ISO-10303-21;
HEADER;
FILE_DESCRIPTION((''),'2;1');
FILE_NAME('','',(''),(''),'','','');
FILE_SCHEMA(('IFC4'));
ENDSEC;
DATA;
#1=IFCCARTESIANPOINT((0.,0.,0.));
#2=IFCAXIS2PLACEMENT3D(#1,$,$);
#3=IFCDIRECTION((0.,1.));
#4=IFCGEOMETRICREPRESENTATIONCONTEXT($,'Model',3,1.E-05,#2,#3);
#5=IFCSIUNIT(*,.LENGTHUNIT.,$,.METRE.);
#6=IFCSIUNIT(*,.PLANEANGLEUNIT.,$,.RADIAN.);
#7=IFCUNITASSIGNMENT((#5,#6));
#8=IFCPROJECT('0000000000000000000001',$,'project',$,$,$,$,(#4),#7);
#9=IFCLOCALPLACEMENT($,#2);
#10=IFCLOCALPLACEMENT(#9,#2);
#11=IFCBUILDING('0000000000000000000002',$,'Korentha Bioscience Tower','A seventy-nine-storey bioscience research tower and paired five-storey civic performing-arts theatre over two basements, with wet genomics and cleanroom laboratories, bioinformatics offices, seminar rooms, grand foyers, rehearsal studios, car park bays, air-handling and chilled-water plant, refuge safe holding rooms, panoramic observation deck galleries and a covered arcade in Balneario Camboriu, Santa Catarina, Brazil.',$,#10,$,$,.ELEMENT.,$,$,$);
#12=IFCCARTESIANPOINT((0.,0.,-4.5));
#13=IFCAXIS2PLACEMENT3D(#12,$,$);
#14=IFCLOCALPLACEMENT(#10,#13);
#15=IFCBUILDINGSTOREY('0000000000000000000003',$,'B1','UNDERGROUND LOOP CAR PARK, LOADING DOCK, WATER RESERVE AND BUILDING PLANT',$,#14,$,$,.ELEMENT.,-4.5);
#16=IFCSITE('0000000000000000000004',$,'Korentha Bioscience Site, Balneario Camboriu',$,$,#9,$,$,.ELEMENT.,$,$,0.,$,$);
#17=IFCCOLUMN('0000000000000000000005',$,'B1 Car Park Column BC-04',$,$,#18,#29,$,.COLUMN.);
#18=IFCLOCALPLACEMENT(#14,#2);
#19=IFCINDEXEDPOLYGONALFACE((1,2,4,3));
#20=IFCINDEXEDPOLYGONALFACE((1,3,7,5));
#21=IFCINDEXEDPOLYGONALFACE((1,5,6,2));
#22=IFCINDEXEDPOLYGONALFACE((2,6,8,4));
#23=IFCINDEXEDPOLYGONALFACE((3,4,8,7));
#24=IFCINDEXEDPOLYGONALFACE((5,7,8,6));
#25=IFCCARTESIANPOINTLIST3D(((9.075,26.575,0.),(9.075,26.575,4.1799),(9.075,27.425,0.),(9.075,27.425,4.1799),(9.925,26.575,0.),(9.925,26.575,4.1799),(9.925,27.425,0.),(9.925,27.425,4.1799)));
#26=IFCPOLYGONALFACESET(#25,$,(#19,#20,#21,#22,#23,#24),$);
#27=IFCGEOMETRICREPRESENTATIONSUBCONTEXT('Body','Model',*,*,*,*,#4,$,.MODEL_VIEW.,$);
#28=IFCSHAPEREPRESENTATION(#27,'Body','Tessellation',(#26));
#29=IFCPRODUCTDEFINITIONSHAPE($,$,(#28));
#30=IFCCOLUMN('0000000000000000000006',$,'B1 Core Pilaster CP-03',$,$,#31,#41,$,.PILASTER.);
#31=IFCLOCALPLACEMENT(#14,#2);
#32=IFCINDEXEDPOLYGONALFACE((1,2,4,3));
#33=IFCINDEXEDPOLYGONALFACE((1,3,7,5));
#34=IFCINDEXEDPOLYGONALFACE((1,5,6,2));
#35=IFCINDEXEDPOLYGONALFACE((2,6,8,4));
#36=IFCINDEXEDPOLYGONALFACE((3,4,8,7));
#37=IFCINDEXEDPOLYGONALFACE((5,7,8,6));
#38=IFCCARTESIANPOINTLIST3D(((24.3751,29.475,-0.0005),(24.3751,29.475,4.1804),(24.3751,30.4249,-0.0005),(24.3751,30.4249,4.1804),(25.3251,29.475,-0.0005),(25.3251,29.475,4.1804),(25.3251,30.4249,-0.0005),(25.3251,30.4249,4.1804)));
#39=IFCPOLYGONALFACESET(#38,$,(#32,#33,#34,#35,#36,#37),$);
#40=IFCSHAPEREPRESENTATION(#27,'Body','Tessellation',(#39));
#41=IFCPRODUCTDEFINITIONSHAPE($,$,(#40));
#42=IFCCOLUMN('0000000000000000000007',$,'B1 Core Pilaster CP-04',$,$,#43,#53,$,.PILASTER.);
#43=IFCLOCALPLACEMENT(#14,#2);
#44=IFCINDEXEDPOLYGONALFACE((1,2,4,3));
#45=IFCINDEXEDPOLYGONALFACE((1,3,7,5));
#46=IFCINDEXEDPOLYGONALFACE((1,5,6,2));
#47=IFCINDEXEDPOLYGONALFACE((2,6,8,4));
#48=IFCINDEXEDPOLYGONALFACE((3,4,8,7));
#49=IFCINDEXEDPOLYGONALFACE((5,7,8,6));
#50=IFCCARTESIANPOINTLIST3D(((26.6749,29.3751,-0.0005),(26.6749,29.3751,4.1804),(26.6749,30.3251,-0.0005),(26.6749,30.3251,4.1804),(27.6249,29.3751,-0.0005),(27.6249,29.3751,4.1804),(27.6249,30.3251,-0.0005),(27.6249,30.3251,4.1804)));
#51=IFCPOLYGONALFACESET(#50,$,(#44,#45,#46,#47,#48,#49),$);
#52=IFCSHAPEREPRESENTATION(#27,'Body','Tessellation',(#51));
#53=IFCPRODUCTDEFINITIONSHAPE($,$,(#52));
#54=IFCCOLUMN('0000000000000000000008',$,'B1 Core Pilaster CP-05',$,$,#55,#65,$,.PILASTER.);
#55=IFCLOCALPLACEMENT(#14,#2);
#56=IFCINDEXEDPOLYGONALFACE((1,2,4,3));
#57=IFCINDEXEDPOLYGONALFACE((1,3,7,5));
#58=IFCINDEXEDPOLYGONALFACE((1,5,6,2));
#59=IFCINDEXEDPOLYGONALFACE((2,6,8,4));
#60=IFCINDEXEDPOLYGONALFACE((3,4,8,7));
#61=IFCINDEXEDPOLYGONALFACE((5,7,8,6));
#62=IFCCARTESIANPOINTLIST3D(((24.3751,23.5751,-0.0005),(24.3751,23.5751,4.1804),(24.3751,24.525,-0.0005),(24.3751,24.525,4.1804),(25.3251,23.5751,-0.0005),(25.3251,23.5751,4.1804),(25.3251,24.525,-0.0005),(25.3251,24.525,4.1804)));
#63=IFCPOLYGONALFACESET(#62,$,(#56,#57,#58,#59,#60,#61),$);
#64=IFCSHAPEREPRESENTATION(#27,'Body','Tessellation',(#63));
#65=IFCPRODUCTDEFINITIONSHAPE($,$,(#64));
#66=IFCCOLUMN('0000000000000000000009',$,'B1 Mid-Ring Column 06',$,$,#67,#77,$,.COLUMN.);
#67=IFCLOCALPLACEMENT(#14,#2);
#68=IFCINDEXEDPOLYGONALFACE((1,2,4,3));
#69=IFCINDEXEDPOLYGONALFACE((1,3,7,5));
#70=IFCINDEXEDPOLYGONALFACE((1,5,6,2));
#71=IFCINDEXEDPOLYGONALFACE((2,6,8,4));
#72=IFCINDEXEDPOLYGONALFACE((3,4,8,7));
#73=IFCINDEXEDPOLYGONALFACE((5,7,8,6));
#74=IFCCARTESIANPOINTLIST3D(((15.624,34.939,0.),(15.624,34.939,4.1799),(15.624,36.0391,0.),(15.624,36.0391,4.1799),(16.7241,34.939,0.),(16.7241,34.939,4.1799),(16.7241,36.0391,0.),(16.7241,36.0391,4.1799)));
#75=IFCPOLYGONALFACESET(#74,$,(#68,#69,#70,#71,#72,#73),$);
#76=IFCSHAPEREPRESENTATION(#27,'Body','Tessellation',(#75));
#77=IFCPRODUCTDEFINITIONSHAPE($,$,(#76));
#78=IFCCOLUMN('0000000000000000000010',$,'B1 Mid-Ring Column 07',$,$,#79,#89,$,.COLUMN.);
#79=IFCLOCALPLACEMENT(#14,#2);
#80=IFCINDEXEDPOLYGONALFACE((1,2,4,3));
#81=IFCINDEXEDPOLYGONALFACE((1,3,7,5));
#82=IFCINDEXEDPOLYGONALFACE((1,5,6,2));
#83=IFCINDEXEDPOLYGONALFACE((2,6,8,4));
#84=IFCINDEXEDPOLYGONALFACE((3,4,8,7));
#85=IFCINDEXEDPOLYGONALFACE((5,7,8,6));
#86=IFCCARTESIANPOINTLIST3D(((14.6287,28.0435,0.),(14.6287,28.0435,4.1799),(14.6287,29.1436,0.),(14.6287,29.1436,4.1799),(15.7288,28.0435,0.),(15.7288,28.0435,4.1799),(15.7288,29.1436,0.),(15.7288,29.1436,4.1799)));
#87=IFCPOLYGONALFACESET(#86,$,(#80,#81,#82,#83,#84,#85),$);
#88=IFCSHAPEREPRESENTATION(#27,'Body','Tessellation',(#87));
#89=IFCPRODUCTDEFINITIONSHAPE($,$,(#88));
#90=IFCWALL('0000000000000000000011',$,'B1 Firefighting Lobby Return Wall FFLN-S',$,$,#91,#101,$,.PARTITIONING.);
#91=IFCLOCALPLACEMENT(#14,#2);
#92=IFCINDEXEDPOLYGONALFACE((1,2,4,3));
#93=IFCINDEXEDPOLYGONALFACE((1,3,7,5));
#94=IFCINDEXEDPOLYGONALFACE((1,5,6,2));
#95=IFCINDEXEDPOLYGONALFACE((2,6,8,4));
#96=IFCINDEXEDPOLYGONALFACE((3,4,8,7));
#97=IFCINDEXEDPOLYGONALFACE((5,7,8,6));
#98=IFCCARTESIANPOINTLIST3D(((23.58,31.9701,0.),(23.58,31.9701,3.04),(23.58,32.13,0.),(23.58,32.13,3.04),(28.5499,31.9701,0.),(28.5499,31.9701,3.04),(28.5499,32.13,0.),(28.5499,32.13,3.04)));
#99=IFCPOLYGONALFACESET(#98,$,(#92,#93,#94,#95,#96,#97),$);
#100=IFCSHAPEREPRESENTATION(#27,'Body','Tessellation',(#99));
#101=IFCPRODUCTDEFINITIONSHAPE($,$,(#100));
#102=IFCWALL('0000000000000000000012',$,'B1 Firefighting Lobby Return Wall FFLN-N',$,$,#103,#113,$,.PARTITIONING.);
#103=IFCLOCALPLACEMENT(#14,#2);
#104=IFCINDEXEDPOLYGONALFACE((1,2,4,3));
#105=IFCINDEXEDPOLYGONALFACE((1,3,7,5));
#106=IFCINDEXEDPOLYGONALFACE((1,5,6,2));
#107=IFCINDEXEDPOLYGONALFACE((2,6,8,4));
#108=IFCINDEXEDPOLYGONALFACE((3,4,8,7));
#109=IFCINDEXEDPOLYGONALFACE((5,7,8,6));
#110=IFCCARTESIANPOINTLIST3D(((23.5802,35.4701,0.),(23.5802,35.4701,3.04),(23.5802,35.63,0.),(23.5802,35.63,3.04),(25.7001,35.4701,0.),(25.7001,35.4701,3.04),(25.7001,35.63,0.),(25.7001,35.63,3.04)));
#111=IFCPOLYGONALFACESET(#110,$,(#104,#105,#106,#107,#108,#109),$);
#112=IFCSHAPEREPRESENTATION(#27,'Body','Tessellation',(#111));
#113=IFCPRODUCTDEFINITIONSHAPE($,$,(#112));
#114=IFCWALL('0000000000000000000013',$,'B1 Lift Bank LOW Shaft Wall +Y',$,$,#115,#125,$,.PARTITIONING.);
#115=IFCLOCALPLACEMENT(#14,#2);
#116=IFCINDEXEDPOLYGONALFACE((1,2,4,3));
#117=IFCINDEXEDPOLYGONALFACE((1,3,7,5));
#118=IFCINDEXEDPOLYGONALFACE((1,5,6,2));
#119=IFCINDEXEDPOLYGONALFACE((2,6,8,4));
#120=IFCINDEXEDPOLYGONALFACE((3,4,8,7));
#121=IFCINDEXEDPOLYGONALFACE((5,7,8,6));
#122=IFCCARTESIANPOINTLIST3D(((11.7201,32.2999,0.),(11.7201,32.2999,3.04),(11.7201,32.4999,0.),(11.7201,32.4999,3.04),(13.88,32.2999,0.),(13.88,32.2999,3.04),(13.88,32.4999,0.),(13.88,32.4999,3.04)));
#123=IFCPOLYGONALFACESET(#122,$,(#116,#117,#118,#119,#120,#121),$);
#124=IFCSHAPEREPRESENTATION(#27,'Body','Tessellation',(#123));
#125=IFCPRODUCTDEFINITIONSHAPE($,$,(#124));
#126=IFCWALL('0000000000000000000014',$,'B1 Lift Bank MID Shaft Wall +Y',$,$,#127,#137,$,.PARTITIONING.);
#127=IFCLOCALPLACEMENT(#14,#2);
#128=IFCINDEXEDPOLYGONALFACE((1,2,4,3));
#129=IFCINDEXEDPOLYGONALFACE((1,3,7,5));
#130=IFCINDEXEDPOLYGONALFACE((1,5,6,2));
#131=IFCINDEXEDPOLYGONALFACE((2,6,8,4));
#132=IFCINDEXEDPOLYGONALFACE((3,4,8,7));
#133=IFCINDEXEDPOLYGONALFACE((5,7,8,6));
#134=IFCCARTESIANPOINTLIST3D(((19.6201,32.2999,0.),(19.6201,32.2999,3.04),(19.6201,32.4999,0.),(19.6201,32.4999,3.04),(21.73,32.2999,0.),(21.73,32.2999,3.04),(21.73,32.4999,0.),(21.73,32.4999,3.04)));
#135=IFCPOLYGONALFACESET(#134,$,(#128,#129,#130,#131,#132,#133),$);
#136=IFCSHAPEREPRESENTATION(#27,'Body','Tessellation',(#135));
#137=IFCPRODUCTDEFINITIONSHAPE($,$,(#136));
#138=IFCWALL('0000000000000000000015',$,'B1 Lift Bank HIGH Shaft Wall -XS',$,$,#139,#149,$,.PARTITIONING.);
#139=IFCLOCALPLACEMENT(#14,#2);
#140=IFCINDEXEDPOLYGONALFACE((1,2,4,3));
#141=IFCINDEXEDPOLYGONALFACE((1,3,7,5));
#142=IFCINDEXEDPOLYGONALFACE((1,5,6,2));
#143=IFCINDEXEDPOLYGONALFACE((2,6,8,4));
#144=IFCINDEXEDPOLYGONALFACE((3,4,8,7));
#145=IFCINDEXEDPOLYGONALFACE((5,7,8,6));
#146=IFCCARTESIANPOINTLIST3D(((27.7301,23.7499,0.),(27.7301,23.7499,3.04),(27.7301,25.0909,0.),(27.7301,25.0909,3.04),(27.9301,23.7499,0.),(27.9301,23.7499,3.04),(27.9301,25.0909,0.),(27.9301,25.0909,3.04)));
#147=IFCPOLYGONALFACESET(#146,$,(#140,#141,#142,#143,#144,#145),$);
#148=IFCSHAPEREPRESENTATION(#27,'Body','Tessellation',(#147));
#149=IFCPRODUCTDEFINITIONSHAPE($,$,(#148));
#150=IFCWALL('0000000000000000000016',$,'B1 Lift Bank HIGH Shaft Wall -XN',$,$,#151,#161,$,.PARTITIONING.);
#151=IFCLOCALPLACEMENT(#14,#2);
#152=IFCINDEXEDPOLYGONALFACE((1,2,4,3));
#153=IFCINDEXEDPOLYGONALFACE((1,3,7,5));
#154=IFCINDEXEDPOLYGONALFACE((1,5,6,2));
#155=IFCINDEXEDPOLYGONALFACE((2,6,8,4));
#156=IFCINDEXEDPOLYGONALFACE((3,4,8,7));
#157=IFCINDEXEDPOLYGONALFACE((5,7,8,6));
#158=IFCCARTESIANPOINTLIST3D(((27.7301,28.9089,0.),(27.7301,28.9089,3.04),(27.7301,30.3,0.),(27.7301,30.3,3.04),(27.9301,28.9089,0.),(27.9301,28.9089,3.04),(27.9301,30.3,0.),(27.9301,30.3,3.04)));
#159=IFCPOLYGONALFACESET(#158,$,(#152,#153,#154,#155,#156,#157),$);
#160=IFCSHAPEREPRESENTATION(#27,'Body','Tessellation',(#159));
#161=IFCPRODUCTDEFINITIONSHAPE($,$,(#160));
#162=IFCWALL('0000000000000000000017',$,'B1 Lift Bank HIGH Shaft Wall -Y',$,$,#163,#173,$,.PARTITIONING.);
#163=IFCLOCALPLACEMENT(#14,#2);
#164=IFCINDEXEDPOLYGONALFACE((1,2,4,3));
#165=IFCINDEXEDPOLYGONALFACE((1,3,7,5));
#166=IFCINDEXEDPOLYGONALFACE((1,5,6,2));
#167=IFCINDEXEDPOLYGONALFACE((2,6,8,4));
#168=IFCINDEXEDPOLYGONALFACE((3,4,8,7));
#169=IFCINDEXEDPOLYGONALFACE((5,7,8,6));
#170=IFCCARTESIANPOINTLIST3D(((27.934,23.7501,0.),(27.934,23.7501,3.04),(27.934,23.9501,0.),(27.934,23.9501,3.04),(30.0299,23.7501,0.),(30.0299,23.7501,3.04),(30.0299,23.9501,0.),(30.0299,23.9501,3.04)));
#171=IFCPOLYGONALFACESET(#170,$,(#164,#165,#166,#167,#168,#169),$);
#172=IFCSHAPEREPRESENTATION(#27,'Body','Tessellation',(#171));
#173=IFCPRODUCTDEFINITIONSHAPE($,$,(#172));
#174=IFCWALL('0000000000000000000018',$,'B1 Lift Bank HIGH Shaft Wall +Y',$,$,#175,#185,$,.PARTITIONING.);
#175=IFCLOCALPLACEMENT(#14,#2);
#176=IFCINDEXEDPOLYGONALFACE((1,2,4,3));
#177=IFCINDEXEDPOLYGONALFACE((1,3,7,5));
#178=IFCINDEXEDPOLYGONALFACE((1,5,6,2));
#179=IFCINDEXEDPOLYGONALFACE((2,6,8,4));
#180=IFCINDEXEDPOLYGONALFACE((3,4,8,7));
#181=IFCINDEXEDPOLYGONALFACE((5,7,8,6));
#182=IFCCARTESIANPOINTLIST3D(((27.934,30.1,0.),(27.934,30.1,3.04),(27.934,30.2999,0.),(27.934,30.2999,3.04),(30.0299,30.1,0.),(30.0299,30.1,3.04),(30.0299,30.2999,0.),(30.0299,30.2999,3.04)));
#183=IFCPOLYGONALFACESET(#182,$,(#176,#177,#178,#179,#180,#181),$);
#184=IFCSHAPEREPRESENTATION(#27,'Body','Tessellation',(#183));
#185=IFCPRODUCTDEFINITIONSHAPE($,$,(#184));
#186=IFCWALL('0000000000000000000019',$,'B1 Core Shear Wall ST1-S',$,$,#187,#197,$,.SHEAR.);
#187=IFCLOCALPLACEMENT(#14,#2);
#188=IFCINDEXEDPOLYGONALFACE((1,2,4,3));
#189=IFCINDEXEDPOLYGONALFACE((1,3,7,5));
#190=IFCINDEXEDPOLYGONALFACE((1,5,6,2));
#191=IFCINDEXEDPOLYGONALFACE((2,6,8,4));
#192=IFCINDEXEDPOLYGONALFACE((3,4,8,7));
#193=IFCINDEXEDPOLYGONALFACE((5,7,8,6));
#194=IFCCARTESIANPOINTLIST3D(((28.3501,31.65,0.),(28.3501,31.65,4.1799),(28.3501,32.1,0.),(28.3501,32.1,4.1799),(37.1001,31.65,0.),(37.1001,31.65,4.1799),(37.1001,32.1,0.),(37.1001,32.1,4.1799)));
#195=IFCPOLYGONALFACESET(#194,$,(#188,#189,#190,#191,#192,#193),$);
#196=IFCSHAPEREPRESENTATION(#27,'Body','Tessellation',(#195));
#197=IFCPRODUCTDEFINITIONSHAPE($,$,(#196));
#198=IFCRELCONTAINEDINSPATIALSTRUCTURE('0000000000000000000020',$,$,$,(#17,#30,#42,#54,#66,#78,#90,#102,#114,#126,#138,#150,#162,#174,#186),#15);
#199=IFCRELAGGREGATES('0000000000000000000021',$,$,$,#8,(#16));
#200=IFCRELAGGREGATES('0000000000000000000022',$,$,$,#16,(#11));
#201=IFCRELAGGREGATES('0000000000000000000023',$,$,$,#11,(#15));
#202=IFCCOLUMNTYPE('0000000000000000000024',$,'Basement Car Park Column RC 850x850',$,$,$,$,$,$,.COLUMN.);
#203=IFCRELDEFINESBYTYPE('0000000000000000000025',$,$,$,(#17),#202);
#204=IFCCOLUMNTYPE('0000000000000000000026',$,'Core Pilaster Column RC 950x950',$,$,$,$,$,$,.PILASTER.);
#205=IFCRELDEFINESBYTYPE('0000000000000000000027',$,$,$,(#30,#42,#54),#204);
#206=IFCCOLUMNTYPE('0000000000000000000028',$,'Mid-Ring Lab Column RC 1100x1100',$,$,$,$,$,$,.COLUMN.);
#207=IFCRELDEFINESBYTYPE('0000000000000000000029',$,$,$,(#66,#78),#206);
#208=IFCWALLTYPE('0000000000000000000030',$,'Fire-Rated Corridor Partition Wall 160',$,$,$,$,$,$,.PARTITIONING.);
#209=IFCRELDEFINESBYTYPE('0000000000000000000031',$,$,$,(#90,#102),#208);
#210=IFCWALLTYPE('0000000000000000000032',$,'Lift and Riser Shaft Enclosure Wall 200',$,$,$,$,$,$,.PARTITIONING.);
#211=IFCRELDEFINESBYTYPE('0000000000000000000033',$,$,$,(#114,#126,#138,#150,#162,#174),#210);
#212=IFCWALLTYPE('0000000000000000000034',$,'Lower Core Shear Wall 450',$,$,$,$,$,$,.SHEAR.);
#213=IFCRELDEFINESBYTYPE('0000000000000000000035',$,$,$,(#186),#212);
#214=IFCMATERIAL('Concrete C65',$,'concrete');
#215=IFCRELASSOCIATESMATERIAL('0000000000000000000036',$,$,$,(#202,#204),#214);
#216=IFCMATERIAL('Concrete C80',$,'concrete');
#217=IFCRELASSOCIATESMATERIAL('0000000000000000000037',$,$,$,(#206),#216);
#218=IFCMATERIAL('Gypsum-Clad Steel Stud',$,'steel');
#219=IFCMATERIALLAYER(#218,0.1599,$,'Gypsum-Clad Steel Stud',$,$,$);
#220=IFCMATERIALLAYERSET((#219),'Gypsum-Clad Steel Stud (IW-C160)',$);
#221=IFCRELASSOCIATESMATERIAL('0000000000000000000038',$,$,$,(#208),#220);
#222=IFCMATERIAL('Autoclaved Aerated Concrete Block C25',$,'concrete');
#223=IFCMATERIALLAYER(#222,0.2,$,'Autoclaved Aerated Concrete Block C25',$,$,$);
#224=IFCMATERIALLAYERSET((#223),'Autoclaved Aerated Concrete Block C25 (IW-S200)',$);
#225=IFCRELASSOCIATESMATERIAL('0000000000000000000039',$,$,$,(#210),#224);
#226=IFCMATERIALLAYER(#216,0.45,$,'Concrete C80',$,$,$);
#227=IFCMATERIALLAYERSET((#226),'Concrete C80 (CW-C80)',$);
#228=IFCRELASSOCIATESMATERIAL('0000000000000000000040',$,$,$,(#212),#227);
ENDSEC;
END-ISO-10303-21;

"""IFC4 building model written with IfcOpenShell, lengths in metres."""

from ifc_helpers import new_model, si_unit, direction, frame, frame_2d, origin, origin_2d, place, context, subcontext, project, spatial, rectangle, extrude, material, layer, layer_set, material_profile, profile_set, type_object, element, save


model = new_model("IFC4")

# Units and contexts
model_context = context("Model", 3, precision=1e-05, world=origin(), true_north=direction((0.0, 1.0)))
body_context = subcontext(model_context, "Body", "Model", "MODEL_VIEW")
ifc_project = project(units=[si_unit("LENGTHUNIT", "METRE"), si_unit("PLANEANGLEUNIT", "RADIAN")], contexts=[model_context])

# Site, building, storey
site_placement = place(None, origin())
site = spatial("IfcSite", under=ifc_project, at=site_placement, Name="Korentha Bioscience Site, Balneario Camboriu", CompositionType="ELEMENT", RefElevation=0.0)
building_placement = place(site_placement, origin())
building = spatial("IfcBuilding", under=site, at=building_placement, Name="Korentha Bioscience Tower", Description="A seventy-nine-storey bioscience research tower and paired five-storey civic performing-arts theatre over two basements, with wet genomics and cleanroom laboratories, bioinformatics offices, seminar rooms, grand foyers, rehearsal studios, car park bays, air-handling and chilled-water plant, refuge safe holding rooms, panoramic observation deck galleries and a covered arcade in Balneario Camboriu, Santa Catarina, Brazil.", CompositionType="ELEMENT")
storey_placement = place(building_placement, frame((0.0, 0.0, -4.5)))
storey = spatial("IfcBuildingStorey", under=building, at=storey_placement, Name="B1", Description="UNDERGROUND LOOP CAR PARK, LOADING DOCK, WATER RESERVE AND BUILDING PLANT", CompositionType="ELEMENT", Elevation=-4.5)

# Columns
ifc_material_1 = material(Name="Concrete C65", Category="concrete")
ifc_material_profile_1 = material_profile(ifc_material_1, rectangle(XDim=0.8501, YDim=0.8501, at=origin_2d()), Name="Concrete C65")
ifc_profile_set_1 = profile_set([ifc_material_profile_1], Name="Concrete C65 (BC-01)")
column_type_1 = type_object("IfcColumnType", Name="Basement Car Park Column RC 850x850", PredefinedType="COLUMN", material=ifc_profile_set_1)
column_placement = place(storey_placement, frame((9.5, 27.0, 0.0), z_axis=(0.0, 0.0, 1.0), x_axis=(1.0, 0.0, 0.0)))
element("IfcColumn", 1, at=column_placement, inside=storey, type_object=column_type_1, Name="B1 Car Park Column BC-04", PredefinedType="COLUMN", context=body_context, shape_type="SweptSolid", body=[
    extrude(rectangle(XDim=0.8501, YDim=0.8501, at=origin_2d()), origin(), (0.0, 0.0, 1.0), 4.1799),
])
ifc_material_profile_2 = material_profile(ifc_material_1, rectangle(XDim=0.95, YDim=0.95, at=origin_2d()), Name="Concrete C65")
ifc_profile_set_2 = profile_set([ifc_material_profile_2], Name="Concrete C65 (COL-CP09)")
column_type_2 = type_object("IfcColumnType", Name="Core Pilaster Column RC 950x950", PredefinedType="PILASTER", material=ifc_profile_set_2)
for number, where, z_axis, x_axis, name in (
    (2, (24.8501, 29.95, -0.0005), (0.0, 0.0, 1.0), (1.0, 0.0, 0.0), "B1 Core Pilaster CP-03"),
    (3, (27.1499, 29.8501, -0.0005), (0.0, 0.0, 1.0), (1.0, 0.0, 0.0), "B1 Core Pilaster CP-04"),
    (4, (24.8501, 24.05, -0.0005), (0.0, 0.0, 1.0), (1.0, 0.0, 0.0), "B1 Core Pilaster CP-05"),
):
    element("IfcColumn", number, at=place(storey_placement, frame(where, z_axis=z_axis, x_axis=x_axis)), inside=storey, type_object=column_type_2, Name=name, PredefinedType="PILASTER", context=body_context, shape_type="SweptSolid", body=[
        extrude(rectangle(XDim=0.95, YDim=0.95, at=origin_2d()), origin(), (0.0, 0.0, 1.0), 4.1809),
    ])
ifc_material_2 = material(Name="Concrete C80", Category="concrete")
ifc_material_profile_3 = material_profile(ifc_material_2, rectangle(XDim=1.1001, YDim=1.1001, at=origin_2d()), Name="Concrete C80")
ifc_profile_set_3 = profile_set([ifc_material_profile_3], Name="Concrete C80 (COL-MR11)")
column_type_3 = type_object("IfcColumnType", Name="Mid-Ring Lab Column RC 1100x1100", PredefinedType="COLUMN", material=ifc_profile_set_3)
for number, where, z_axis, x_axis, name in (
    (5, (16.1741, 35.489, 0.0), (0.0, 0.0, 1.0), (1.0, 0.0, 0.0), "B1 Mid-Ring Column 06"),
    (6, (15.1787, 28.5935, 0.0), (0.0, 0.0, 1.0), (1.0, 0.0, 0.0), "B1 Mid-Ring Column 07"),
):
    element("IfcColumn", number, at=place(storey_placement, frame(where, z_axis=z_axis, x_axis=x_axis)), inside=storey, type_object=column_type_3, Name=name, PredefinedType="COLUMN", context=body_context, shape_type="SweptSolid", body=[
        extrude(rectangle(XDim=1.1001, YDim=1.1001, at=origin_2d()), origin(), (0.0, 0.0, 1.0), 4.1799),
    ])

# Shared definitions
ifc_material_3 = material(Name="Gypsum-Clad Steel Stud", Category="steel")
ifc_layer_1 = layer(ifc_material_3, 0.1599, Name="Gypsum-Clad Steel Stud")
ifc_layer_set_1 = layer_set([ifc_layer_1], Name="Gypsum-Clad Steel Stud (IW-C160)")
wall_type_1 = type_object("IfcWallType", Name="Fire-Rated Corridor Partition Wall 160", PredefinedType="PARTITIONING", material=ifc_layer_set_1)

# Walls
wall_1_placement = place(storey_placement, frame((23.5801, 32.05, 0.0), z_axis=(0.0, 0.0, 1.0), x_axis=(1.0, 0.0, 0.0)))
element("IfcWall", 7, at=wall_1_placement, inside=storey, type_object=wall_type_1, Name="B1 Firefighting Lobby Return Wall FFLN-S", PredefinedType="PARTITIONING", context=body_context, shape_type="SweptSolid", body=[
    extrude(rectangle(XDim=4.97, YDim=0.1599, at=frame_2d((2.4849, 0.0))), origin(), (0.0, 0.0, 1.0), 3.04),
])
wall_2_placement = place(storey_placement, frame((23.5801, 35.55, 0.0), z_axis=(0.0, 0.0, 1.0), x_axis=(1.0, 0.0, 0.0)))
element("IfcWall", 8, at=wall_2_placement, inside=storey, type_object=wall_type_1, Name="B1 Firefighting Lobby Return Wall FFLN-N", PredefinedType="PARTITIONING", context=body_context, shape_type="SweptSolid", body=[
    extrude(rectangle(XDim=2.1199, YDim=0.1599, at=frame_2d((1.0601, 0.0))), origin(), (0.0, 0.0, 1.0), 3.04),
])
ifc_material_4 = material(Name="Autoclaved Aerated Concrete Block C25", Category="concrete")
ifc_layer_2 = layer(ifc_material_4, 0.2, Name="Autoclaved Aerated Concrete Block C25")
ifc_layer_set_2 = layer_set([ifc_layer_2], Name="Autoclaved Aerated Concrete Block C25 (IW-S200)")
wall_type_2 = type_object("IfcWallType", Name="Lift and Riser Shaft Enclosure Wall 200", PredefinedType="PARTITIONING", material=ifc_layer_set_2)
wall_3_placement = place(storey_placement, frame((11.72, 32.3999, 0.0), z_axis=(0.0, 0.0, 1.0), x_axis=(1.0, 0.0, 0.0)))
element("IfcWall", 9, at=wall_3_placement, inside=storey, type_object=wall_type_2, Name="B1 Lift Bank LOW Shaft Wall +Y", PredefinedType="PARTITIONING", context=body_context, shape_type="SweptSolid", body=[
    extrude(rectangle(XDim=2.1599, YDim=0.2, at=frame_2d((1.0801, 0.0))), origin(), (0.0, 0.0, 1.0), 3.04),
])
wall_4_placement = place(storey_placement, frame((19.6201, 32.3999, 0.0), z_axis=(0.0, 0.0, 1.0), x_axis=(1.0, 0.0, 0.0)))
element("IfcWall", 10, at=wall_4_placement, inside=storey, type_object=wall_type_2, Name="B1 Lift Bank MID Shaft Wall +Y", PredefinedType="PARTITIONING", context=body_context, shape_type="SweptSolid", body=[
    extrude(rectangle(XDim=2.1099, YDim=0.2, at=frame_2d((1.0549, 0.0))), origin(), (0.0, 0.0, 1.0), 3.04),
])
wall_5_placement = place(storey_placement, frame((27.8301, 23.75, 0.0), z_axis=(0.0, 0.0, 1.0), x_axis=(0.0, 1.0, 0.0)))
element("IfcWall", 11, at=wall_5_placement, inside=storey, type_object=wall_type_2, Name="B1 Lift Bank HIGH Shaft Wall -XS", PredefinedType="PARTITIONING", context=body_context, shape_type="SweptSolid", body=[
    extrude(rectangle(XDim=1.3411, YDim=0.2, at=frame_2d((0.6704, 0.0))), origin(), (0.0, 0.0, 1.0), 3.04),
])
wall_6_placement = place(storey_placement, frame((27.8301, 28.9089, 0.0), z_axis=(0.0, 0.0, 1.0), x_axis=(0.0, 1.0, 0.0)))
element("IfcWall", 12, at=wall_6_placement, inside=storey, type_object=wall_type_2, Name="B1 Lift Bank HIGH Shaft Wall -XN", PredefinedType="PARTITIONING", context=body_context, shape_type="SweptSolid", body=[
    extrude(rectangle(XDim=1.3911, YDim=0.2, at=frame_2d((0.6956, 0.0))), origin(), (0.0, 0.0, 1.0), 3.04),
])
for number, where, z_axis, x_axis, name in (
    (13, (27.9341, 23.8501, 0.0), (0.0, 0.0, 1.0), (1.0, 0.0, 0.0), "B1 Lift Bank HIGH Shaft Wall -Y"),
    (14, (27.9341, 30.2, 0.0), (0.0, 0.0, 1.0), (1.0, 0.0, 0.0), "B1 Lift Bank HIGH Shaft Wall +Y"),
):
    element("IfcWall", number, at=place(storey_placement, frame(where, z_axis=z_axis, x_axis=x_axis)), inside=storey, type_object=wall_type_2, Name=name, PredefinedType="PARTITIONING", context=body_context, shape_type="SweptSolid", body=[
        extrude(rectangle(XDim=2.0959, YDim=0.2, at=frame_2d((1.0479, 0.0))), origin(), (0.0, 0.0, 1.0), 3.04),
    ])
ifc_layer_3 = layer(ifc_material_2, 0.45, Name="Concrete C80")
ifc_layer_set_3 = layer_set([ifc_layer_3], Name="Concrete C80 (CW-C80)")
wall_type_3 = type_object("IfcWallType", Name="Lower Core Shear Wall 450", PredefinedType="SHEAR", material=ifc_layer_set_3)
wall_7_placement = place(storey_placement, frame((28.3501, 31.875, 0.0), z_axis=(0.0, 0.0, 1.0), x_axis=(1.0, 0.0, 0.0)))
element("IfcWall", 15, at=wall_7_placement, inside=storey, type_object=wall_type_3, Name="B1 Core Shear Wall ST1-S", PredefinedType="SHEAR", context=body_context, shape_type="SweptSolid", body=[
    extrude(rectangle(XDim=8.75, YDim=0.45, at=frame_2d((4.375, 0.0))), origin(), (0.0, 0.0, 1.0), 4.1799),
])

save(model, "model.ifc")
